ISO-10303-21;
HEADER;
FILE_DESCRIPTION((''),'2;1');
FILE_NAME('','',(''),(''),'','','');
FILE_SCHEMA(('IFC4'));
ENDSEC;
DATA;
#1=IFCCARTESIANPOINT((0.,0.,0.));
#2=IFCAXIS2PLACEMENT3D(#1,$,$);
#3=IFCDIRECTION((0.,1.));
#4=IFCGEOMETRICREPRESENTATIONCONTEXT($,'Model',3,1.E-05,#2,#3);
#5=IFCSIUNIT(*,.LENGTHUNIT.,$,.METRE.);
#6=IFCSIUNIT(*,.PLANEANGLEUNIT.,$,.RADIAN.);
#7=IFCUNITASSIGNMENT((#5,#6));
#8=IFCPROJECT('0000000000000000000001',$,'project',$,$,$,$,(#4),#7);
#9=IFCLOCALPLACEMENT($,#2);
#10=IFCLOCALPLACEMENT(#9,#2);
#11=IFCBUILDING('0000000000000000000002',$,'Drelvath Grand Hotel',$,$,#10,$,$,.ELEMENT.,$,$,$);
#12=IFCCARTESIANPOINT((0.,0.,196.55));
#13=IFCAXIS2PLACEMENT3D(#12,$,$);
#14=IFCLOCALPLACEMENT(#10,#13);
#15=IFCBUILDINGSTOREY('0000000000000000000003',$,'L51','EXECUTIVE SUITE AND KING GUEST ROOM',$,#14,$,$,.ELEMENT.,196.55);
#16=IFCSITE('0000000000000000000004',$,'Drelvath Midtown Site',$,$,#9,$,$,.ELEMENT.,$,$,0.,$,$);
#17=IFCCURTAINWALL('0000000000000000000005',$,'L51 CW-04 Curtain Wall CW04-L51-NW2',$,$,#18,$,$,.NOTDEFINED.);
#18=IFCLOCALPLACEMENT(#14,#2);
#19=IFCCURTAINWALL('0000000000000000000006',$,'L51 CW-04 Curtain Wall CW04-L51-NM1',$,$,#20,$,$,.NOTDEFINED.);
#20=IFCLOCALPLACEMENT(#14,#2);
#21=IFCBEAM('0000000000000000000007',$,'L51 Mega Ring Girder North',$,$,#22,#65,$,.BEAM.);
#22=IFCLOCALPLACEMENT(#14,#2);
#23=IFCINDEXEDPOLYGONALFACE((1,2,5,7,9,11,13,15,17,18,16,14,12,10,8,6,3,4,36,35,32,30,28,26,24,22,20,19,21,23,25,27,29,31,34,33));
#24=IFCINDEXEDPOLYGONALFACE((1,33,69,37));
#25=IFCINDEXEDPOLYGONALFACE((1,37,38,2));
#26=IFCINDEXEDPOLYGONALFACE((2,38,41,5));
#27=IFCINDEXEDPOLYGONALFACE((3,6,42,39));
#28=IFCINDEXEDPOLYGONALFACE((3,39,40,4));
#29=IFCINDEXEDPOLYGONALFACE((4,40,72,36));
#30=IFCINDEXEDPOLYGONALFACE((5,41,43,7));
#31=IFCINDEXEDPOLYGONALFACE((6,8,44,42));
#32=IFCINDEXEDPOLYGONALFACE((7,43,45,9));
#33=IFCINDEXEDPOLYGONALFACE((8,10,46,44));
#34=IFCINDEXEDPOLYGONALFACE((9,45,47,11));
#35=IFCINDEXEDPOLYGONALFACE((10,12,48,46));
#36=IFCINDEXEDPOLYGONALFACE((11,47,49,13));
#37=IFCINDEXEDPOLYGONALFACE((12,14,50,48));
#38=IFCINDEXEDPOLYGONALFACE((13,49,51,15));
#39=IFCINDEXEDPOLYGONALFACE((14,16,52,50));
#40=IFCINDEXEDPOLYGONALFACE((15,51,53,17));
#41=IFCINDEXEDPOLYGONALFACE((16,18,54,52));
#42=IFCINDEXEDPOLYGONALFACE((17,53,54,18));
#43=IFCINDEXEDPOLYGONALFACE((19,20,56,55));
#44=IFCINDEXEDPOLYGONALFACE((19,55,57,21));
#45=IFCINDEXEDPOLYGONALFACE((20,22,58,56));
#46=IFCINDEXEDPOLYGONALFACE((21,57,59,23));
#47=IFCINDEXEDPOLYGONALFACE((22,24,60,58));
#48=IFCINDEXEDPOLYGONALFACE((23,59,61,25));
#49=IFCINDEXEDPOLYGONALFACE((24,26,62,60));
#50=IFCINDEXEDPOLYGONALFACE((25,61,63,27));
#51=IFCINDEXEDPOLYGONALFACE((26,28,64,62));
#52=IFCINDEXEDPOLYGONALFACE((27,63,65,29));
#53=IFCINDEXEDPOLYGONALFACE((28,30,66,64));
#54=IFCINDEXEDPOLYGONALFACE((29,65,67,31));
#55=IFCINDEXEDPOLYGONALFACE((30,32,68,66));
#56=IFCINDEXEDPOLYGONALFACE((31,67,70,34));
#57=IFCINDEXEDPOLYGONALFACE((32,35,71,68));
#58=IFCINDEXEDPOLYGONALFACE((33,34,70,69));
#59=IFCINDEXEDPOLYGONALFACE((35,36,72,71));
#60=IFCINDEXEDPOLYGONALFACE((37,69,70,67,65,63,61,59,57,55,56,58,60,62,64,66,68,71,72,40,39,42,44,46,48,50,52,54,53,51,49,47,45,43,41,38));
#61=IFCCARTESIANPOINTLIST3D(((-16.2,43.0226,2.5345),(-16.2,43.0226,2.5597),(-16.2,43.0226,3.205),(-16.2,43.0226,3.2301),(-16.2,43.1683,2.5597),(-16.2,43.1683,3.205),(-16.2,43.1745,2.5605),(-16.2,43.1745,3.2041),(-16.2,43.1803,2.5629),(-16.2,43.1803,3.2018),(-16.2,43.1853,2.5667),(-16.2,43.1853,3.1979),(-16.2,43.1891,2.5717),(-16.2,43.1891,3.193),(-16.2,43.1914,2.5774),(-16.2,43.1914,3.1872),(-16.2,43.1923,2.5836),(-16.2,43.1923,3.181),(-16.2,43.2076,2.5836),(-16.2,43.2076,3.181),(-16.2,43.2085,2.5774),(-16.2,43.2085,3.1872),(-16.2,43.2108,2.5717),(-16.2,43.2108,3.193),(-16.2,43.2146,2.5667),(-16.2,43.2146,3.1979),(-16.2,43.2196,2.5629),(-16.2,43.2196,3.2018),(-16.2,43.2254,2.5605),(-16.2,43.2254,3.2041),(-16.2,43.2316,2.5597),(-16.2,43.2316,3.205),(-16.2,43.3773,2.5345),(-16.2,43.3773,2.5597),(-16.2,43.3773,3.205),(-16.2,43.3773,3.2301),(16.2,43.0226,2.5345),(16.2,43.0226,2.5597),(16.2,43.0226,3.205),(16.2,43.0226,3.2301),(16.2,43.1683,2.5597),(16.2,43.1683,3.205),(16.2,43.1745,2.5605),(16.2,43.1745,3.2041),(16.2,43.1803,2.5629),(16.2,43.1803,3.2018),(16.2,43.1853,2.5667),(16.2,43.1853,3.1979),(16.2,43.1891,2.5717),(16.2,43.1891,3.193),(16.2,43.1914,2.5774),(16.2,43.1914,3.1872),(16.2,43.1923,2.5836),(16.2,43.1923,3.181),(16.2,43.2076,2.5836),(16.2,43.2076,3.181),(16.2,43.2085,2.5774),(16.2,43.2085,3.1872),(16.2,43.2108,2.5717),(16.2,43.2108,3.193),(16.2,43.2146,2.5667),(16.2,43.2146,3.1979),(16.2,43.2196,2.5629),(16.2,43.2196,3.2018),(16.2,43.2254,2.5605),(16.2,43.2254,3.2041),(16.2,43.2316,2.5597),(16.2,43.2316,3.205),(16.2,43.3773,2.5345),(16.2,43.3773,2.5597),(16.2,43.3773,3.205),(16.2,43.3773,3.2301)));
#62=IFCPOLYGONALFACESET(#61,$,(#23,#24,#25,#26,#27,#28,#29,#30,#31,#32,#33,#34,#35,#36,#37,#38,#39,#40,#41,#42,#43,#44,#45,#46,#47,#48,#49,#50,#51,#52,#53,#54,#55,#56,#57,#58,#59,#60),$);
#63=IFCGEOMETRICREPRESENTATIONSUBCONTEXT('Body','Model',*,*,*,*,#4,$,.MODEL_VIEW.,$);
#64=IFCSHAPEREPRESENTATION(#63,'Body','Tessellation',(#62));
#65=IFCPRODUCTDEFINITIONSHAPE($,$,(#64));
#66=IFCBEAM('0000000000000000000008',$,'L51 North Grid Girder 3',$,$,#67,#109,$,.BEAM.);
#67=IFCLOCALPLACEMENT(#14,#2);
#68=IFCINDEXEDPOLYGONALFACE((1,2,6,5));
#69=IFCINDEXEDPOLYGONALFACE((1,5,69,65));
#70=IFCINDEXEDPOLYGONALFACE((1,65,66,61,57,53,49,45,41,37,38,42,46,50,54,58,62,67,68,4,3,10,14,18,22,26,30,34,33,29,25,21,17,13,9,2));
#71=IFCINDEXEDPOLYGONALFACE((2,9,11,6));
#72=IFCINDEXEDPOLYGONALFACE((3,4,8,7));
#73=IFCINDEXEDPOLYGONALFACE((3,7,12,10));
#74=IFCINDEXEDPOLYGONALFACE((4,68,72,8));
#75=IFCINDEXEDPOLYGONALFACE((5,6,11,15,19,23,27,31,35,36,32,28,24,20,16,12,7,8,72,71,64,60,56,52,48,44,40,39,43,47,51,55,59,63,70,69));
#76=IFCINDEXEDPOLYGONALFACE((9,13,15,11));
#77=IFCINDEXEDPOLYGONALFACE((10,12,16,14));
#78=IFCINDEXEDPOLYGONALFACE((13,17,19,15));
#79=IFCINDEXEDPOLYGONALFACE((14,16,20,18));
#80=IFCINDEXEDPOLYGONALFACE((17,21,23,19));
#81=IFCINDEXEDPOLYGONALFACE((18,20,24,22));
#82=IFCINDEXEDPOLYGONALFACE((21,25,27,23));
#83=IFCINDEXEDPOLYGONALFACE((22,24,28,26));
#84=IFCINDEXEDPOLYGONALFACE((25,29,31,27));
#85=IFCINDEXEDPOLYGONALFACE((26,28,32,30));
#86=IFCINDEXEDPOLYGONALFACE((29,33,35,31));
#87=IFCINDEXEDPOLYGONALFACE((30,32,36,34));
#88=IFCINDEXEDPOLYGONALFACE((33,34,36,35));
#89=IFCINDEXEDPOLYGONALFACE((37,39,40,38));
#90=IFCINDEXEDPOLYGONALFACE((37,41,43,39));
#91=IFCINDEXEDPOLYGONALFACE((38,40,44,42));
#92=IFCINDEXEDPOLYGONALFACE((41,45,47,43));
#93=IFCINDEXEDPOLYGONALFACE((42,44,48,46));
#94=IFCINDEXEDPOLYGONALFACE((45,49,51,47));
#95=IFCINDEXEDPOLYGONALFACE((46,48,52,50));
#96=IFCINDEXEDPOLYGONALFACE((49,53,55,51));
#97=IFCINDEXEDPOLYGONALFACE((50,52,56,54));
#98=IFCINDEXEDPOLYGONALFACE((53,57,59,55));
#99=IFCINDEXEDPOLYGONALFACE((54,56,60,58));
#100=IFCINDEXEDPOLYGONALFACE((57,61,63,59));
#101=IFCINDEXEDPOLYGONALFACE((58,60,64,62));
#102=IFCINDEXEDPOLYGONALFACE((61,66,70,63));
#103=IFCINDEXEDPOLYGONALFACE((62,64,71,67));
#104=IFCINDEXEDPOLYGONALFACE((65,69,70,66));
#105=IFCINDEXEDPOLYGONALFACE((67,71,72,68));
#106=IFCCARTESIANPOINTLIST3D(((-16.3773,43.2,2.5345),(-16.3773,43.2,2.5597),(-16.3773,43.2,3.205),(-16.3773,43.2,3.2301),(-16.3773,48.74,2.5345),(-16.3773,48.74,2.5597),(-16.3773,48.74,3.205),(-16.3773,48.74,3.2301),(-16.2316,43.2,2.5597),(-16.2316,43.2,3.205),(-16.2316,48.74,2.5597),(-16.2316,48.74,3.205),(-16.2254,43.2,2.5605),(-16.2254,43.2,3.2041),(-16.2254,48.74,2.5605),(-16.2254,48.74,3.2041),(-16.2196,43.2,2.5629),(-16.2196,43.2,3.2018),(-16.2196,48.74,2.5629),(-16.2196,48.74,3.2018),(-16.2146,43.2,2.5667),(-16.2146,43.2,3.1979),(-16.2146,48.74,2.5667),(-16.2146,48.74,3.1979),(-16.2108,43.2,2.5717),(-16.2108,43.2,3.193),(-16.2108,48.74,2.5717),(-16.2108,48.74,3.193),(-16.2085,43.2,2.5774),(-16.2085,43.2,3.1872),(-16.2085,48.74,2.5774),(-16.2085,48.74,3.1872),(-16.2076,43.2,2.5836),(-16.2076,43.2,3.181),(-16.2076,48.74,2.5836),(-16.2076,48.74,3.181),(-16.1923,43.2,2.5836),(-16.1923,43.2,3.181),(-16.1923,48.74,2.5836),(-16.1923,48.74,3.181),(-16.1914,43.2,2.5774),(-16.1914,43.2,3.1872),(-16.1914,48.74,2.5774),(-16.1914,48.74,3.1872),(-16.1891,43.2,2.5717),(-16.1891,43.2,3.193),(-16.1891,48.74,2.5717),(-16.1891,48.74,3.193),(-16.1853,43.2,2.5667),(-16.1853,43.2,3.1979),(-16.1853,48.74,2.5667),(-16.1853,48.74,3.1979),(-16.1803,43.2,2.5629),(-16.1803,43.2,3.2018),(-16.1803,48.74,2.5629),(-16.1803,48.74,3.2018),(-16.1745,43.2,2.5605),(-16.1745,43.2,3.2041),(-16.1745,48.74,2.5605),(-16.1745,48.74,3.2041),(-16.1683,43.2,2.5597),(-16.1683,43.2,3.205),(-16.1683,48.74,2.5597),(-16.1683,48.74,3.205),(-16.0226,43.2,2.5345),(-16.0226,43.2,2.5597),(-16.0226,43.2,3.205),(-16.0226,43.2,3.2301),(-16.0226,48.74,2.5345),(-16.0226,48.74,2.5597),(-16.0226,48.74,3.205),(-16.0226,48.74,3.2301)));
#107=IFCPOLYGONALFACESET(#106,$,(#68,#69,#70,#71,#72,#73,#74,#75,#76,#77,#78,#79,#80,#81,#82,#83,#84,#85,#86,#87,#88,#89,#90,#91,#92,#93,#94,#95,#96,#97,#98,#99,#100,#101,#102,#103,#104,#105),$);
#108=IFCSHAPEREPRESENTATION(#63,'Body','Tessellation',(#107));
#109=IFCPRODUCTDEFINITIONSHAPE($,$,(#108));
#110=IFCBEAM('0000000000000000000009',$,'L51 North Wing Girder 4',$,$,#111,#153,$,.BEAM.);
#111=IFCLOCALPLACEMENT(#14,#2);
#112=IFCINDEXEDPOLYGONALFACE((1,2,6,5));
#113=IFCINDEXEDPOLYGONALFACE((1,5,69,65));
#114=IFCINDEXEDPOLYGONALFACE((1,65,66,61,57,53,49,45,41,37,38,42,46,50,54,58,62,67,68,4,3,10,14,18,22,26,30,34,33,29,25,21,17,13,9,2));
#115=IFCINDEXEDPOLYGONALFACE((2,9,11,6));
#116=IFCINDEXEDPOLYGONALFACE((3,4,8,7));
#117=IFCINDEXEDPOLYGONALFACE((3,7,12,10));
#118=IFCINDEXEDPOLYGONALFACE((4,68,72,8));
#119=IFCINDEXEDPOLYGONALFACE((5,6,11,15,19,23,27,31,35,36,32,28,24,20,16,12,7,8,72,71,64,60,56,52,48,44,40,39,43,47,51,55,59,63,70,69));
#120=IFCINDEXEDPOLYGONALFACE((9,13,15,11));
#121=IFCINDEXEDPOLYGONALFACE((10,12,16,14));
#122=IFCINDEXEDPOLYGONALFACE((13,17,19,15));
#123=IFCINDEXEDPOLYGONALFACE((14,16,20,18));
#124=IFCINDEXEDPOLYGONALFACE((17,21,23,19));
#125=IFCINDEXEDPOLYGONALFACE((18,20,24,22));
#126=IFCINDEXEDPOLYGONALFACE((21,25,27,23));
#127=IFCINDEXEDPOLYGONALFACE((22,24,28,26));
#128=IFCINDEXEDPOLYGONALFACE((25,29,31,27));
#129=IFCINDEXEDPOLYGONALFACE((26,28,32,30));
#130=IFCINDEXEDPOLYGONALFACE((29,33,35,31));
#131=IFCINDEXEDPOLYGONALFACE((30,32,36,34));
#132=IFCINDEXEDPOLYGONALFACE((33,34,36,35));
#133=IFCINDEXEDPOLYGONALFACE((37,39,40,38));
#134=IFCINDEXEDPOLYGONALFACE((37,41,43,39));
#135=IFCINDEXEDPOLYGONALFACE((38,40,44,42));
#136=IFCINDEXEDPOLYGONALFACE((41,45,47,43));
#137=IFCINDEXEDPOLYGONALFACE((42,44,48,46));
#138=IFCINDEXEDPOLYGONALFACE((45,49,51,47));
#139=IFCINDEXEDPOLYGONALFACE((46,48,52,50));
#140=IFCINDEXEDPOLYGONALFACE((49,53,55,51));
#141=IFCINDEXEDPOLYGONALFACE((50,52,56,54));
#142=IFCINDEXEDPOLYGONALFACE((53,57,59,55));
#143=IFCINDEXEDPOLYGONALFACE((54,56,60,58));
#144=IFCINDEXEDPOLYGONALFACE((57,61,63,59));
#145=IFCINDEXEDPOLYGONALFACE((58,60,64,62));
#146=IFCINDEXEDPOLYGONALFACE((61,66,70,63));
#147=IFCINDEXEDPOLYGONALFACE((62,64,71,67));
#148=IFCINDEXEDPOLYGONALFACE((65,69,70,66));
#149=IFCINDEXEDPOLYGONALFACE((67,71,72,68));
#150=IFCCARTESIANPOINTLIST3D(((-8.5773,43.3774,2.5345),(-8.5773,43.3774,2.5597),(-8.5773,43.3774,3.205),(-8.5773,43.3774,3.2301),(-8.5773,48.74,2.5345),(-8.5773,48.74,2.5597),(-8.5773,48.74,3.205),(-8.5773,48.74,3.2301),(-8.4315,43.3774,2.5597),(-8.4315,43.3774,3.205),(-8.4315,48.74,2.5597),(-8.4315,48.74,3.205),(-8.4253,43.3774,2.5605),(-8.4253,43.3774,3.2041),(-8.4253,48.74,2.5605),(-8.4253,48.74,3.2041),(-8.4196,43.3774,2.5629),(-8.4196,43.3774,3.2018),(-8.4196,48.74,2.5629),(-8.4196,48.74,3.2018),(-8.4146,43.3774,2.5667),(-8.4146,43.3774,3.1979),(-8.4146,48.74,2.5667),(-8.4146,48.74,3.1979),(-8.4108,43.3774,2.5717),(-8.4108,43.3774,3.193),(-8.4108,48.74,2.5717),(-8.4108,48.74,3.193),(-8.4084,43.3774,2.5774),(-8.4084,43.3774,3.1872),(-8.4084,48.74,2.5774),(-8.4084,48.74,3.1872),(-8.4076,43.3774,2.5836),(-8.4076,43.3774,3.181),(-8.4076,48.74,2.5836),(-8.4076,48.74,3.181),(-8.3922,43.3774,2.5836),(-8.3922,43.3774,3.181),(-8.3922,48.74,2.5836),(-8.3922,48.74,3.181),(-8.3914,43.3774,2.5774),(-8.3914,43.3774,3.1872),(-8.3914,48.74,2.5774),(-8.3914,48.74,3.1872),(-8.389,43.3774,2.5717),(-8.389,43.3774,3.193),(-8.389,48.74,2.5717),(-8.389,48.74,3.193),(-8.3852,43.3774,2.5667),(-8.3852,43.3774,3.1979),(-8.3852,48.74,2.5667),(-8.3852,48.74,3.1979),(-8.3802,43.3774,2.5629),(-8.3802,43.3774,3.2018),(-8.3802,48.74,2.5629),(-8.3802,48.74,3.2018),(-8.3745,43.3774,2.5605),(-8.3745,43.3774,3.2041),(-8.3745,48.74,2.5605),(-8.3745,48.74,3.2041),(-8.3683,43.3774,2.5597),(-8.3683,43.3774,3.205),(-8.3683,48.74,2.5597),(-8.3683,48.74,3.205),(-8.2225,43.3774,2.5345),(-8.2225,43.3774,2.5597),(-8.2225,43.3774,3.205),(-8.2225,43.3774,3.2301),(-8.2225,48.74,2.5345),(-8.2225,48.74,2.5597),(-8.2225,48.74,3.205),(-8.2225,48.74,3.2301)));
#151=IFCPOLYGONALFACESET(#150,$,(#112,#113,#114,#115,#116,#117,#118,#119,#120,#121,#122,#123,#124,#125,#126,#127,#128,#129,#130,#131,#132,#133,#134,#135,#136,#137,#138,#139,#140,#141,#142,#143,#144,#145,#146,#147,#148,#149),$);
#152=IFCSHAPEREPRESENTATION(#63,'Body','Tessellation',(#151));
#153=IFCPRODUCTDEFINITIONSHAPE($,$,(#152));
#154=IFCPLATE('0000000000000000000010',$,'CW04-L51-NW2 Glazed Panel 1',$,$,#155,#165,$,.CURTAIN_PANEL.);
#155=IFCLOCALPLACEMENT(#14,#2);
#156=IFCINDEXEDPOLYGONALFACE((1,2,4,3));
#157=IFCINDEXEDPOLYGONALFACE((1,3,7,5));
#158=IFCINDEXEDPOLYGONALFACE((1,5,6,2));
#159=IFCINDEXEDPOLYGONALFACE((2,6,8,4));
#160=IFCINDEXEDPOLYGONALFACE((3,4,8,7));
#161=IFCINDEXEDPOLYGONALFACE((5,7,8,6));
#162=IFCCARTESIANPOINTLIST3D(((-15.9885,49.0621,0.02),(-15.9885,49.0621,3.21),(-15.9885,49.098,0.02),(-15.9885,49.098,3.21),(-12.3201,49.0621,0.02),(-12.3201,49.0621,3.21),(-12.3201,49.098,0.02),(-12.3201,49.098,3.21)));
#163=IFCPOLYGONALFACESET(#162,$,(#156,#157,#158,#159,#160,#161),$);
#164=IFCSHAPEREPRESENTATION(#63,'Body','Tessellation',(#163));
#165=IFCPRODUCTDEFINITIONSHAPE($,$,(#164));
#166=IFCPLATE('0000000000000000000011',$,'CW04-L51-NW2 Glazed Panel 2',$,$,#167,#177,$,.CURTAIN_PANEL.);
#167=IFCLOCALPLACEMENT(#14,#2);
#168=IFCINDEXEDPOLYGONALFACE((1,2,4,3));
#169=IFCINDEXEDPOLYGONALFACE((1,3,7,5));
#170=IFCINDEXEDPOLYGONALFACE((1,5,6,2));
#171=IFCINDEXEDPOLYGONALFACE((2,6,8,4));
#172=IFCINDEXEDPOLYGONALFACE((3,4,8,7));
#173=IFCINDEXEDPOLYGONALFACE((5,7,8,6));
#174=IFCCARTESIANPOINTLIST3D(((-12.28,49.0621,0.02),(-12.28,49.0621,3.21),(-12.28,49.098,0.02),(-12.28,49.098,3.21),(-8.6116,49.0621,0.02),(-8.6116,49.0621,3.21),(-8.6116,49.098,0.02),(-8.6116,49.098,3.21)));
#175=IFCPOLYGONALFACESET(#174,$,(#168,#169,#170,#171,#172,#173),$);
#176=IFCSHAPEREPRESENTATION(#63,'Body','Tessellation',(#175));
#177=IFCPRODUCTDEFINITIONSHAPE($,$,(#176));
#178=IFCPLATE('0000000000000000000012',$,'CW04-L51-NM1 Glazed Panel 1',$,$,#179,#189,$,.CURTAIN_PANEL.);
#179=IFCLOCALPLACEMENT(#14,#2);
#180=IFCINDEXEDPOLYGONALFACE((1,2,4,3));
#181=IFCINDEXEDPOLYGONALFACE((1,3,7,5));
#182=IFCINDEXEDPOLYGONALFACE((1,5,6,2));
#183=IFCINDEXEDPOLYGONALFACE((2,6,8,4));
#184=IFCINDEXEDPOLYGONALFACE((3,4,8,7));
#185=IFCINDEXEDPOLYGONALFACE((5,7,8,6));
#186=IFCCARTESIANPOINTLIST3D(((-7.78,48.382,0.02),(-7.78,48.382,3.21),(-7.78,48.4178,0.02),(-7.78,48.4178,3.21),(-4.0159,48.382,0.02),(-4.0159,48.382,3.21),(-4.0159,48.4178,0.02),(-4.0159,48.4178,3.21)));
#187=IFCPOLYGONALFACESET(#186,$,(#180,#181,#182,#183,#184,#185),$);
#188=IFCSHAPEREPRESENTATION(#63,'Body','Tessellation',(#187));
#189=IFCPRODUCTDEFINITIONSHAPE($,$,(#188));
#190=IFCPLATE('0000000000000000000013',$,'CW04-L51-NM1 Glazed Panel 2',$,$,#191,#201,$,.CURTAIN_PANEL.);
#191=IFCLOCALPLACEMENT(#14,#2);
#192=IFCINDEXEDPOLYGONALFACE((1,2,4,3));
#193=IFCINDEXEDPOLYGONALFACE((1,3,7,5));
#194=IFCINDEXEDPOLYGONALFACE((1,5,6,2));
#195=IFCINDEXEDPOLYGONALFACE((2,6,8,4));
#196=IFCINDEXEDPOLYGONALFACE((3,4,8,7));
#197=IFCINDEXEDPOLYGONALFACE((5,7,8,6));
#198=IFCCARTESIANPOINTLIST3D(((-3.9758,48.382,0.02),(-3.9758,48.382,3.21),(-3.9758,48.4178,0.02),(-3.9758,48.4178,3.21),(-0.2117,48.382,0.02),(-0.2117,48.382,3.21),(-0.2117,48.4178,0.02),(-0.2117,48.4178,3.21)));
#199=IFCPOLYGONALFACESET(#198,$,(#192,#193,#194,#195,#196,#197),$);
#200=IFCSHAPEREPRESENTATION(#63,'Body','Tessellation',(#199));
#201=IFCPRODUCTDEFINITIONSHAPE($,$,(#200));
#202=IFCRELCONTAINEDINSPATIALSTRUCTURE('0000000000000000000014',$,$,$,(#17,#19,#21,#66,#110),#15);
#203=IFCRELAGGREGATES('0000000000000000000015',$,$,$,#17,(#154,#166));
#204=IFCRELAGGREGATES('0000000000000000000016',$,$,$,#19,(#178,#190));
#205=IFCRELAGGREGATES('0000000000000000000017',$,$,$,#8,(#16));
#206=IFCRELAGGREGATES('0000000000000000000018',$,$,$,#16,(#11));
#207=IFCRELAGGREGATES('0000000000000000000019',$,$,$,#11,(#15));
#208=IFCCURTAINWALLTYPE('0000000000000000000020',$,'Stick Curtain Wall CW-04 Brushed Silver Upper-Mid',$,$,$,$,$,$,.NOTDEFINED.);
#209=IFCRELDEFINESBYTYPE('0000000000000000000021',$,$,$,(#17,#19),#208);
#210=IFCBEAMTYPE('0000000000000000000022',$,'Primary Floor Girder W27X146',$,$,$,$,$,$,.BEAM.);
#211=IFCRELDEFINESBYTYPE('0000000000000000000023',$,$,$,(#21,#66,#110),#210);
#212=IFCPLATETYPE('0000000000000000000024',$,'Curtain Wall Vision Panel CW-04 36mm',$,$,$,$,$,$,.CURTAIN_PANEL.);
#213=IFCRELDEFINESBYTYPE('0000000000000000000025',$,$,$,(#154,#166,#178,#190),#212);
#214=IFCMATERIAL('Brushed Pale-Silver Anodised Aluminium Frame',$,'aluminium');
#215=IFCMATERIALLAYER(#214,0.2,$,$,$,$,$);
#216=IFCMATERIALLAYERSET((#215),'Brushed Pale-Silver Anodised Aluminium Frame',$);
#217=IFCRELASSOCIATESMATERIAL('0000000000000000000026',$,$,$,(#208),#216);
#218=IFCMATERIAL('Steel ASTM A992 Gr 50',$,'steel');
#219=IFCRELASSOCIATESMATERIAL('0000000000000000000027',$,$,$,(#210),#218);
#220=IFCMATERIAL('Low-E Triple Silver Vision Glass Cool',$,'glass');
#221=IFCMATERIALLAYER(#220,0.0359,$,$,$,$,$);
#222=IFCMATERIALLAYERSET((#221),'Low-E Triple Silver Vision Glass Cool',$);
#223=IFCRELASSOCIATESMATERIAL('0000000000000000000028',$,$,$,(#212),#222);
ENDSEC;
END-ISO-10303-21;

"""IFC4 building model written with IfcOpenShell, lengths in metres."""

from ifc_helpers import new_model, si_unit, direction, frame, origin, origin_2d, place, context, subcontext, project, spatial, rectangle, i_section, extrude, material, layer, layer_set, material_profile, profile_set, type_object, element, aggregate, save


model = new_model("IFC4")

# Units and contexts
model_context = context("Model", 3, precision=1e-05, world=origin(), true_north=direction((0.0, 1.0)))
body_context = subcontext(model_context, "Body", "Model", "MODEL_VIEW")
ifc_project = project(units=[si_unit("LENGTHUNIT", "METRE"), si_unit("PLANEANGLEUNIT", "RADIAN")], contexts=[model_context])

# Site, building, storey
site_placement = place(None, origin())
site = spatial("IfcSite", under=ifc_project, at=site_placement, Name="Drelvath Midtown Site", CompositionType="ELEMENT", RefElevation=0.0)
building_placement = place(site_placement, origin())
building = spatial("IfcBuilding", under=site, at=building_placement, Name="Drelvath Grand Hotel", CompositionType="ELEMENT")
storey_placement = place(building_placement, frame((0.0, 0.0, 196.55)))
storey = spatial("IfcBuildingStorey", under=building, at=storey_placement, Name="L51", Description="EXECUTIVE SUITE AND KING GUEST ROOM", CompositionType="ELEMENT", Elevation=196.55)

# Shared definitions
ifc_material_1 = material(Name="Steel ASTM A992 Gr 50", Category="steel")

# Curtain walls
ifc_material_2 = material(Name="Brushed Pale-Silver Anodised Aluminium Frame", Category="aluminium")
ifc_layer_1 = layer(ifc_material_2, 0.2)
ifc_layer_set_1 = layer_set([ifc_layer_1], Name="Brushed Pale-Silver Anodised Aluminium Frame")
curtain_wall_type = type_object("IfcCurtainWallType", Name="Stick Curtain Wall CW-04 Brushed Silver Upper-Mid", PredefinedType="NOTDEFINED", material=ifc_layer_set_1)
curtain_wall_1_placement = place(storey_placement, origin())
curtain_wall_1 = element("IfcCurtainWall", 1, at=curtain_wall_1_placement, inside=storey, type_object=curtain_wall_type, Name="L51 CW-04 Curtain Wall CW04-L51-NW2", PredefinedType="NOTDEFINED")
curtain_wall_2_placement = place(storey_placement, origin())
curtain_wall_2 = element("IfcCurtainWall", 2, at=curtain_wall_2_placement, inside=storey, type_object=curtain_wall_type, Name="L51 CW-04 Curtain Wall CW04-L51-NM1", PredefinedType="NOTDEFINED")

# Beams
ifc_material_profile_1 = material_profile(ifc_material_1, i_section(OverallWidth=0.3547, OverallDepth=0.6956, WebThickness=0.0154, FlangeThickness=0.0251, FilletRadius=0.0239, at=origin_2d()), Name="W27X146")
ifc_profile_set_1 = profile_set([ifc_material_profile_1], Name="Steel ASTM A992 Gr 50")
beam_type_1 = type_object("IfcBeamType", Name="Primary Floor Girder W27X146", PredefinedType="BEAM", material=ifc_profile_set_1)
beam_1_placement = place(storey_placement, frame((-16.2, 43.2, 2.8823), z_axis=(1.0, 0.0, 0.0), x_axis=(0.0, 1.0, 0.0)))
element("IfcBeam", 3, at=beam_1_placement, inside=storey, type_object=beam_type_1, Name="L51 Mega Ring Girder North", PredefinedType="BEAM", context=body_context, shape_type="SweptSolid", body=[
    extrude(i_section(OverallWidth=0.3547, OverallDepth=0.6956, WebThickness=0.0154, FlangeThickness=0.0251, FilletRadius=0.0239, at=origin_2d()), origin(), (0.0, 0.0, 1.0), 32.3999),
])
beam_2_placement = place(storey_placement, frame((-16.2, 43.2, 2.8823), z_axis=(0.0, 1.0, 0.0), x_axis=(-1.0, 0.0, 0.0)))
element("IfcBeam", 4, at=beam_2_placement, inside=storey, type_object=beam_type_1, Name="L51 North Grid Girder 3", PredefinedType="BEAM", context=body_context, shape_type="SweptSolid", body=[
    extrude(i_section(OverallWidth=0.3547, OverallDepth=0.6956, WebThickness=0.0154, FlangeThickness=0.0251, FilletRadius=0.0239, at=origin_2d()), origin(), (0.0, 0.0, 1.0), 5.54),
])
beam_3_placement = place(storey_placement, frame((-8.3999, 43.3774, 2.8823), z_axis=(0.0, 1.0, 0.0), x_axis=(-1.0, 0.0, 0.0)))
element("IfcBeam", 5, at=beam_3_placement, inside=storey, type_object=beam_type_1, Name="L51 North Wing Girder 4", PredefinedType="BEAM", context=body_context, shape_type="SweptSolid", body=[
    extrude(i_section(OverallWidth=0.3547, OverallDepth=0.6956, WebThickness=0.0154, FlangeThickness=0.0251, FilletRadius=0.0239, at=origin_2d()), origin(), (0.0, 0.0, 1.0), 5.3625),
])

# Plates
ifc_material_3 = material(Name="Low-E Triple Silver Vision Glass Cool", Category="glass")
ifc_layer_2 = layer(ifc_material_3, 0.0359)
ifc_layer_set_2 = layer_set([ifc_layer_2], Name="Low-E Triple Silver Vision Glass Cool")
plate_type = type_object("IfcPlateType", Name="Curtain Wall Vision Panel CW-04 36mm", PredefinedType="CURTAIN_PANEL", material=ifc_layer_set_2)
plate_1_placement = place(storey_placement, frame((-14.1543, 49.0801, 0.02), z_axis=(0.0, 0.0, 1.0), x_axis=(1.0, 0.0, 0.0)))
plate_1 = element("IfcPlate", 6, at=plate_1_placement, type_object=plate_type, Name="CW04-L51-NW2 Glazed Panel 1", PredefinedType="CURTAIN_PANEL", context=body_context, shape_type="SweptSolid", body=[
    extrude(rectangle(XDim=3.6685, YDim=0.0359, at=origin_2d()), origin(), (0.0, 0.0, 1.0), 3.1899),
])
plate_2_placement = place(storey_placement, frame((-10.4458, 49.0801, 0.02), z_axis=(0.0, 0.0, 1.0), x_axis=(1.0, 0.0, 0.0)))
plate_2 = element("IfcPlate", 7, at=plate_2_placement, type_object=plate_type, Name="CW04-L51-NW2 Glazed Panel 2", PredefinedType="CURTAIN_PANEL", context=body_context, shape_type="SweptSolid", body=[
    extrude(rectangle(XDim=3.6685, YDim=0.0359, at=origin_2d()), origin(), (0.0, 0.0, 1.0), 3.1899),
])
aggregate(curtain_wall_1, [plate_1, plate_2])
plate_3_placement = place(storey_placement, frame((-5.8979, 48.3999, 0.02), z_axis=(0.0, 0.0, 1.0), x_axis=(1.0, 0.0, 0.0)))
plate_3 = element("IfcPlate", 8, at=plate_3_placement, type_object=plate_type, Name="CW04-L51-NM1 Glazed Panel 1", PredefinedType="CURTAIN_PANEL", context=body_context, shape_type="SweptSolid", body=[
    extrude(rectangle(XDim=3.7642, YDim=0.0359, at=origin_2d()), origin(), (0.0, 0.0, 1.0), 3.1899),
])
plate_4_placement = place(storey_placement, frame((-2.0938, 48.3999, 0.02), z_axis=(0.0, 0.0, 1.0), x_axis=(1.0, 0.0, 0.0)))
plate_4 = element("IfcPlate", 9, at=plate_4_placement, type_object=plate_type, Name="CW04-L51-NM1 Glazed Panel 2", PredefinedType="CURTAIN_PANEL", context=body_context, shape_type="SweptSolid", body=[
    extrude(rectangle(XDim=3.7642, YDim=0.0359, at=origin_2d()), origin(), (0.0, 0.0, 1.0), 3.1899),
])
aggregate(curtain_wall_2, [plate_3, plate_4])

save(model, "model.ifc")
